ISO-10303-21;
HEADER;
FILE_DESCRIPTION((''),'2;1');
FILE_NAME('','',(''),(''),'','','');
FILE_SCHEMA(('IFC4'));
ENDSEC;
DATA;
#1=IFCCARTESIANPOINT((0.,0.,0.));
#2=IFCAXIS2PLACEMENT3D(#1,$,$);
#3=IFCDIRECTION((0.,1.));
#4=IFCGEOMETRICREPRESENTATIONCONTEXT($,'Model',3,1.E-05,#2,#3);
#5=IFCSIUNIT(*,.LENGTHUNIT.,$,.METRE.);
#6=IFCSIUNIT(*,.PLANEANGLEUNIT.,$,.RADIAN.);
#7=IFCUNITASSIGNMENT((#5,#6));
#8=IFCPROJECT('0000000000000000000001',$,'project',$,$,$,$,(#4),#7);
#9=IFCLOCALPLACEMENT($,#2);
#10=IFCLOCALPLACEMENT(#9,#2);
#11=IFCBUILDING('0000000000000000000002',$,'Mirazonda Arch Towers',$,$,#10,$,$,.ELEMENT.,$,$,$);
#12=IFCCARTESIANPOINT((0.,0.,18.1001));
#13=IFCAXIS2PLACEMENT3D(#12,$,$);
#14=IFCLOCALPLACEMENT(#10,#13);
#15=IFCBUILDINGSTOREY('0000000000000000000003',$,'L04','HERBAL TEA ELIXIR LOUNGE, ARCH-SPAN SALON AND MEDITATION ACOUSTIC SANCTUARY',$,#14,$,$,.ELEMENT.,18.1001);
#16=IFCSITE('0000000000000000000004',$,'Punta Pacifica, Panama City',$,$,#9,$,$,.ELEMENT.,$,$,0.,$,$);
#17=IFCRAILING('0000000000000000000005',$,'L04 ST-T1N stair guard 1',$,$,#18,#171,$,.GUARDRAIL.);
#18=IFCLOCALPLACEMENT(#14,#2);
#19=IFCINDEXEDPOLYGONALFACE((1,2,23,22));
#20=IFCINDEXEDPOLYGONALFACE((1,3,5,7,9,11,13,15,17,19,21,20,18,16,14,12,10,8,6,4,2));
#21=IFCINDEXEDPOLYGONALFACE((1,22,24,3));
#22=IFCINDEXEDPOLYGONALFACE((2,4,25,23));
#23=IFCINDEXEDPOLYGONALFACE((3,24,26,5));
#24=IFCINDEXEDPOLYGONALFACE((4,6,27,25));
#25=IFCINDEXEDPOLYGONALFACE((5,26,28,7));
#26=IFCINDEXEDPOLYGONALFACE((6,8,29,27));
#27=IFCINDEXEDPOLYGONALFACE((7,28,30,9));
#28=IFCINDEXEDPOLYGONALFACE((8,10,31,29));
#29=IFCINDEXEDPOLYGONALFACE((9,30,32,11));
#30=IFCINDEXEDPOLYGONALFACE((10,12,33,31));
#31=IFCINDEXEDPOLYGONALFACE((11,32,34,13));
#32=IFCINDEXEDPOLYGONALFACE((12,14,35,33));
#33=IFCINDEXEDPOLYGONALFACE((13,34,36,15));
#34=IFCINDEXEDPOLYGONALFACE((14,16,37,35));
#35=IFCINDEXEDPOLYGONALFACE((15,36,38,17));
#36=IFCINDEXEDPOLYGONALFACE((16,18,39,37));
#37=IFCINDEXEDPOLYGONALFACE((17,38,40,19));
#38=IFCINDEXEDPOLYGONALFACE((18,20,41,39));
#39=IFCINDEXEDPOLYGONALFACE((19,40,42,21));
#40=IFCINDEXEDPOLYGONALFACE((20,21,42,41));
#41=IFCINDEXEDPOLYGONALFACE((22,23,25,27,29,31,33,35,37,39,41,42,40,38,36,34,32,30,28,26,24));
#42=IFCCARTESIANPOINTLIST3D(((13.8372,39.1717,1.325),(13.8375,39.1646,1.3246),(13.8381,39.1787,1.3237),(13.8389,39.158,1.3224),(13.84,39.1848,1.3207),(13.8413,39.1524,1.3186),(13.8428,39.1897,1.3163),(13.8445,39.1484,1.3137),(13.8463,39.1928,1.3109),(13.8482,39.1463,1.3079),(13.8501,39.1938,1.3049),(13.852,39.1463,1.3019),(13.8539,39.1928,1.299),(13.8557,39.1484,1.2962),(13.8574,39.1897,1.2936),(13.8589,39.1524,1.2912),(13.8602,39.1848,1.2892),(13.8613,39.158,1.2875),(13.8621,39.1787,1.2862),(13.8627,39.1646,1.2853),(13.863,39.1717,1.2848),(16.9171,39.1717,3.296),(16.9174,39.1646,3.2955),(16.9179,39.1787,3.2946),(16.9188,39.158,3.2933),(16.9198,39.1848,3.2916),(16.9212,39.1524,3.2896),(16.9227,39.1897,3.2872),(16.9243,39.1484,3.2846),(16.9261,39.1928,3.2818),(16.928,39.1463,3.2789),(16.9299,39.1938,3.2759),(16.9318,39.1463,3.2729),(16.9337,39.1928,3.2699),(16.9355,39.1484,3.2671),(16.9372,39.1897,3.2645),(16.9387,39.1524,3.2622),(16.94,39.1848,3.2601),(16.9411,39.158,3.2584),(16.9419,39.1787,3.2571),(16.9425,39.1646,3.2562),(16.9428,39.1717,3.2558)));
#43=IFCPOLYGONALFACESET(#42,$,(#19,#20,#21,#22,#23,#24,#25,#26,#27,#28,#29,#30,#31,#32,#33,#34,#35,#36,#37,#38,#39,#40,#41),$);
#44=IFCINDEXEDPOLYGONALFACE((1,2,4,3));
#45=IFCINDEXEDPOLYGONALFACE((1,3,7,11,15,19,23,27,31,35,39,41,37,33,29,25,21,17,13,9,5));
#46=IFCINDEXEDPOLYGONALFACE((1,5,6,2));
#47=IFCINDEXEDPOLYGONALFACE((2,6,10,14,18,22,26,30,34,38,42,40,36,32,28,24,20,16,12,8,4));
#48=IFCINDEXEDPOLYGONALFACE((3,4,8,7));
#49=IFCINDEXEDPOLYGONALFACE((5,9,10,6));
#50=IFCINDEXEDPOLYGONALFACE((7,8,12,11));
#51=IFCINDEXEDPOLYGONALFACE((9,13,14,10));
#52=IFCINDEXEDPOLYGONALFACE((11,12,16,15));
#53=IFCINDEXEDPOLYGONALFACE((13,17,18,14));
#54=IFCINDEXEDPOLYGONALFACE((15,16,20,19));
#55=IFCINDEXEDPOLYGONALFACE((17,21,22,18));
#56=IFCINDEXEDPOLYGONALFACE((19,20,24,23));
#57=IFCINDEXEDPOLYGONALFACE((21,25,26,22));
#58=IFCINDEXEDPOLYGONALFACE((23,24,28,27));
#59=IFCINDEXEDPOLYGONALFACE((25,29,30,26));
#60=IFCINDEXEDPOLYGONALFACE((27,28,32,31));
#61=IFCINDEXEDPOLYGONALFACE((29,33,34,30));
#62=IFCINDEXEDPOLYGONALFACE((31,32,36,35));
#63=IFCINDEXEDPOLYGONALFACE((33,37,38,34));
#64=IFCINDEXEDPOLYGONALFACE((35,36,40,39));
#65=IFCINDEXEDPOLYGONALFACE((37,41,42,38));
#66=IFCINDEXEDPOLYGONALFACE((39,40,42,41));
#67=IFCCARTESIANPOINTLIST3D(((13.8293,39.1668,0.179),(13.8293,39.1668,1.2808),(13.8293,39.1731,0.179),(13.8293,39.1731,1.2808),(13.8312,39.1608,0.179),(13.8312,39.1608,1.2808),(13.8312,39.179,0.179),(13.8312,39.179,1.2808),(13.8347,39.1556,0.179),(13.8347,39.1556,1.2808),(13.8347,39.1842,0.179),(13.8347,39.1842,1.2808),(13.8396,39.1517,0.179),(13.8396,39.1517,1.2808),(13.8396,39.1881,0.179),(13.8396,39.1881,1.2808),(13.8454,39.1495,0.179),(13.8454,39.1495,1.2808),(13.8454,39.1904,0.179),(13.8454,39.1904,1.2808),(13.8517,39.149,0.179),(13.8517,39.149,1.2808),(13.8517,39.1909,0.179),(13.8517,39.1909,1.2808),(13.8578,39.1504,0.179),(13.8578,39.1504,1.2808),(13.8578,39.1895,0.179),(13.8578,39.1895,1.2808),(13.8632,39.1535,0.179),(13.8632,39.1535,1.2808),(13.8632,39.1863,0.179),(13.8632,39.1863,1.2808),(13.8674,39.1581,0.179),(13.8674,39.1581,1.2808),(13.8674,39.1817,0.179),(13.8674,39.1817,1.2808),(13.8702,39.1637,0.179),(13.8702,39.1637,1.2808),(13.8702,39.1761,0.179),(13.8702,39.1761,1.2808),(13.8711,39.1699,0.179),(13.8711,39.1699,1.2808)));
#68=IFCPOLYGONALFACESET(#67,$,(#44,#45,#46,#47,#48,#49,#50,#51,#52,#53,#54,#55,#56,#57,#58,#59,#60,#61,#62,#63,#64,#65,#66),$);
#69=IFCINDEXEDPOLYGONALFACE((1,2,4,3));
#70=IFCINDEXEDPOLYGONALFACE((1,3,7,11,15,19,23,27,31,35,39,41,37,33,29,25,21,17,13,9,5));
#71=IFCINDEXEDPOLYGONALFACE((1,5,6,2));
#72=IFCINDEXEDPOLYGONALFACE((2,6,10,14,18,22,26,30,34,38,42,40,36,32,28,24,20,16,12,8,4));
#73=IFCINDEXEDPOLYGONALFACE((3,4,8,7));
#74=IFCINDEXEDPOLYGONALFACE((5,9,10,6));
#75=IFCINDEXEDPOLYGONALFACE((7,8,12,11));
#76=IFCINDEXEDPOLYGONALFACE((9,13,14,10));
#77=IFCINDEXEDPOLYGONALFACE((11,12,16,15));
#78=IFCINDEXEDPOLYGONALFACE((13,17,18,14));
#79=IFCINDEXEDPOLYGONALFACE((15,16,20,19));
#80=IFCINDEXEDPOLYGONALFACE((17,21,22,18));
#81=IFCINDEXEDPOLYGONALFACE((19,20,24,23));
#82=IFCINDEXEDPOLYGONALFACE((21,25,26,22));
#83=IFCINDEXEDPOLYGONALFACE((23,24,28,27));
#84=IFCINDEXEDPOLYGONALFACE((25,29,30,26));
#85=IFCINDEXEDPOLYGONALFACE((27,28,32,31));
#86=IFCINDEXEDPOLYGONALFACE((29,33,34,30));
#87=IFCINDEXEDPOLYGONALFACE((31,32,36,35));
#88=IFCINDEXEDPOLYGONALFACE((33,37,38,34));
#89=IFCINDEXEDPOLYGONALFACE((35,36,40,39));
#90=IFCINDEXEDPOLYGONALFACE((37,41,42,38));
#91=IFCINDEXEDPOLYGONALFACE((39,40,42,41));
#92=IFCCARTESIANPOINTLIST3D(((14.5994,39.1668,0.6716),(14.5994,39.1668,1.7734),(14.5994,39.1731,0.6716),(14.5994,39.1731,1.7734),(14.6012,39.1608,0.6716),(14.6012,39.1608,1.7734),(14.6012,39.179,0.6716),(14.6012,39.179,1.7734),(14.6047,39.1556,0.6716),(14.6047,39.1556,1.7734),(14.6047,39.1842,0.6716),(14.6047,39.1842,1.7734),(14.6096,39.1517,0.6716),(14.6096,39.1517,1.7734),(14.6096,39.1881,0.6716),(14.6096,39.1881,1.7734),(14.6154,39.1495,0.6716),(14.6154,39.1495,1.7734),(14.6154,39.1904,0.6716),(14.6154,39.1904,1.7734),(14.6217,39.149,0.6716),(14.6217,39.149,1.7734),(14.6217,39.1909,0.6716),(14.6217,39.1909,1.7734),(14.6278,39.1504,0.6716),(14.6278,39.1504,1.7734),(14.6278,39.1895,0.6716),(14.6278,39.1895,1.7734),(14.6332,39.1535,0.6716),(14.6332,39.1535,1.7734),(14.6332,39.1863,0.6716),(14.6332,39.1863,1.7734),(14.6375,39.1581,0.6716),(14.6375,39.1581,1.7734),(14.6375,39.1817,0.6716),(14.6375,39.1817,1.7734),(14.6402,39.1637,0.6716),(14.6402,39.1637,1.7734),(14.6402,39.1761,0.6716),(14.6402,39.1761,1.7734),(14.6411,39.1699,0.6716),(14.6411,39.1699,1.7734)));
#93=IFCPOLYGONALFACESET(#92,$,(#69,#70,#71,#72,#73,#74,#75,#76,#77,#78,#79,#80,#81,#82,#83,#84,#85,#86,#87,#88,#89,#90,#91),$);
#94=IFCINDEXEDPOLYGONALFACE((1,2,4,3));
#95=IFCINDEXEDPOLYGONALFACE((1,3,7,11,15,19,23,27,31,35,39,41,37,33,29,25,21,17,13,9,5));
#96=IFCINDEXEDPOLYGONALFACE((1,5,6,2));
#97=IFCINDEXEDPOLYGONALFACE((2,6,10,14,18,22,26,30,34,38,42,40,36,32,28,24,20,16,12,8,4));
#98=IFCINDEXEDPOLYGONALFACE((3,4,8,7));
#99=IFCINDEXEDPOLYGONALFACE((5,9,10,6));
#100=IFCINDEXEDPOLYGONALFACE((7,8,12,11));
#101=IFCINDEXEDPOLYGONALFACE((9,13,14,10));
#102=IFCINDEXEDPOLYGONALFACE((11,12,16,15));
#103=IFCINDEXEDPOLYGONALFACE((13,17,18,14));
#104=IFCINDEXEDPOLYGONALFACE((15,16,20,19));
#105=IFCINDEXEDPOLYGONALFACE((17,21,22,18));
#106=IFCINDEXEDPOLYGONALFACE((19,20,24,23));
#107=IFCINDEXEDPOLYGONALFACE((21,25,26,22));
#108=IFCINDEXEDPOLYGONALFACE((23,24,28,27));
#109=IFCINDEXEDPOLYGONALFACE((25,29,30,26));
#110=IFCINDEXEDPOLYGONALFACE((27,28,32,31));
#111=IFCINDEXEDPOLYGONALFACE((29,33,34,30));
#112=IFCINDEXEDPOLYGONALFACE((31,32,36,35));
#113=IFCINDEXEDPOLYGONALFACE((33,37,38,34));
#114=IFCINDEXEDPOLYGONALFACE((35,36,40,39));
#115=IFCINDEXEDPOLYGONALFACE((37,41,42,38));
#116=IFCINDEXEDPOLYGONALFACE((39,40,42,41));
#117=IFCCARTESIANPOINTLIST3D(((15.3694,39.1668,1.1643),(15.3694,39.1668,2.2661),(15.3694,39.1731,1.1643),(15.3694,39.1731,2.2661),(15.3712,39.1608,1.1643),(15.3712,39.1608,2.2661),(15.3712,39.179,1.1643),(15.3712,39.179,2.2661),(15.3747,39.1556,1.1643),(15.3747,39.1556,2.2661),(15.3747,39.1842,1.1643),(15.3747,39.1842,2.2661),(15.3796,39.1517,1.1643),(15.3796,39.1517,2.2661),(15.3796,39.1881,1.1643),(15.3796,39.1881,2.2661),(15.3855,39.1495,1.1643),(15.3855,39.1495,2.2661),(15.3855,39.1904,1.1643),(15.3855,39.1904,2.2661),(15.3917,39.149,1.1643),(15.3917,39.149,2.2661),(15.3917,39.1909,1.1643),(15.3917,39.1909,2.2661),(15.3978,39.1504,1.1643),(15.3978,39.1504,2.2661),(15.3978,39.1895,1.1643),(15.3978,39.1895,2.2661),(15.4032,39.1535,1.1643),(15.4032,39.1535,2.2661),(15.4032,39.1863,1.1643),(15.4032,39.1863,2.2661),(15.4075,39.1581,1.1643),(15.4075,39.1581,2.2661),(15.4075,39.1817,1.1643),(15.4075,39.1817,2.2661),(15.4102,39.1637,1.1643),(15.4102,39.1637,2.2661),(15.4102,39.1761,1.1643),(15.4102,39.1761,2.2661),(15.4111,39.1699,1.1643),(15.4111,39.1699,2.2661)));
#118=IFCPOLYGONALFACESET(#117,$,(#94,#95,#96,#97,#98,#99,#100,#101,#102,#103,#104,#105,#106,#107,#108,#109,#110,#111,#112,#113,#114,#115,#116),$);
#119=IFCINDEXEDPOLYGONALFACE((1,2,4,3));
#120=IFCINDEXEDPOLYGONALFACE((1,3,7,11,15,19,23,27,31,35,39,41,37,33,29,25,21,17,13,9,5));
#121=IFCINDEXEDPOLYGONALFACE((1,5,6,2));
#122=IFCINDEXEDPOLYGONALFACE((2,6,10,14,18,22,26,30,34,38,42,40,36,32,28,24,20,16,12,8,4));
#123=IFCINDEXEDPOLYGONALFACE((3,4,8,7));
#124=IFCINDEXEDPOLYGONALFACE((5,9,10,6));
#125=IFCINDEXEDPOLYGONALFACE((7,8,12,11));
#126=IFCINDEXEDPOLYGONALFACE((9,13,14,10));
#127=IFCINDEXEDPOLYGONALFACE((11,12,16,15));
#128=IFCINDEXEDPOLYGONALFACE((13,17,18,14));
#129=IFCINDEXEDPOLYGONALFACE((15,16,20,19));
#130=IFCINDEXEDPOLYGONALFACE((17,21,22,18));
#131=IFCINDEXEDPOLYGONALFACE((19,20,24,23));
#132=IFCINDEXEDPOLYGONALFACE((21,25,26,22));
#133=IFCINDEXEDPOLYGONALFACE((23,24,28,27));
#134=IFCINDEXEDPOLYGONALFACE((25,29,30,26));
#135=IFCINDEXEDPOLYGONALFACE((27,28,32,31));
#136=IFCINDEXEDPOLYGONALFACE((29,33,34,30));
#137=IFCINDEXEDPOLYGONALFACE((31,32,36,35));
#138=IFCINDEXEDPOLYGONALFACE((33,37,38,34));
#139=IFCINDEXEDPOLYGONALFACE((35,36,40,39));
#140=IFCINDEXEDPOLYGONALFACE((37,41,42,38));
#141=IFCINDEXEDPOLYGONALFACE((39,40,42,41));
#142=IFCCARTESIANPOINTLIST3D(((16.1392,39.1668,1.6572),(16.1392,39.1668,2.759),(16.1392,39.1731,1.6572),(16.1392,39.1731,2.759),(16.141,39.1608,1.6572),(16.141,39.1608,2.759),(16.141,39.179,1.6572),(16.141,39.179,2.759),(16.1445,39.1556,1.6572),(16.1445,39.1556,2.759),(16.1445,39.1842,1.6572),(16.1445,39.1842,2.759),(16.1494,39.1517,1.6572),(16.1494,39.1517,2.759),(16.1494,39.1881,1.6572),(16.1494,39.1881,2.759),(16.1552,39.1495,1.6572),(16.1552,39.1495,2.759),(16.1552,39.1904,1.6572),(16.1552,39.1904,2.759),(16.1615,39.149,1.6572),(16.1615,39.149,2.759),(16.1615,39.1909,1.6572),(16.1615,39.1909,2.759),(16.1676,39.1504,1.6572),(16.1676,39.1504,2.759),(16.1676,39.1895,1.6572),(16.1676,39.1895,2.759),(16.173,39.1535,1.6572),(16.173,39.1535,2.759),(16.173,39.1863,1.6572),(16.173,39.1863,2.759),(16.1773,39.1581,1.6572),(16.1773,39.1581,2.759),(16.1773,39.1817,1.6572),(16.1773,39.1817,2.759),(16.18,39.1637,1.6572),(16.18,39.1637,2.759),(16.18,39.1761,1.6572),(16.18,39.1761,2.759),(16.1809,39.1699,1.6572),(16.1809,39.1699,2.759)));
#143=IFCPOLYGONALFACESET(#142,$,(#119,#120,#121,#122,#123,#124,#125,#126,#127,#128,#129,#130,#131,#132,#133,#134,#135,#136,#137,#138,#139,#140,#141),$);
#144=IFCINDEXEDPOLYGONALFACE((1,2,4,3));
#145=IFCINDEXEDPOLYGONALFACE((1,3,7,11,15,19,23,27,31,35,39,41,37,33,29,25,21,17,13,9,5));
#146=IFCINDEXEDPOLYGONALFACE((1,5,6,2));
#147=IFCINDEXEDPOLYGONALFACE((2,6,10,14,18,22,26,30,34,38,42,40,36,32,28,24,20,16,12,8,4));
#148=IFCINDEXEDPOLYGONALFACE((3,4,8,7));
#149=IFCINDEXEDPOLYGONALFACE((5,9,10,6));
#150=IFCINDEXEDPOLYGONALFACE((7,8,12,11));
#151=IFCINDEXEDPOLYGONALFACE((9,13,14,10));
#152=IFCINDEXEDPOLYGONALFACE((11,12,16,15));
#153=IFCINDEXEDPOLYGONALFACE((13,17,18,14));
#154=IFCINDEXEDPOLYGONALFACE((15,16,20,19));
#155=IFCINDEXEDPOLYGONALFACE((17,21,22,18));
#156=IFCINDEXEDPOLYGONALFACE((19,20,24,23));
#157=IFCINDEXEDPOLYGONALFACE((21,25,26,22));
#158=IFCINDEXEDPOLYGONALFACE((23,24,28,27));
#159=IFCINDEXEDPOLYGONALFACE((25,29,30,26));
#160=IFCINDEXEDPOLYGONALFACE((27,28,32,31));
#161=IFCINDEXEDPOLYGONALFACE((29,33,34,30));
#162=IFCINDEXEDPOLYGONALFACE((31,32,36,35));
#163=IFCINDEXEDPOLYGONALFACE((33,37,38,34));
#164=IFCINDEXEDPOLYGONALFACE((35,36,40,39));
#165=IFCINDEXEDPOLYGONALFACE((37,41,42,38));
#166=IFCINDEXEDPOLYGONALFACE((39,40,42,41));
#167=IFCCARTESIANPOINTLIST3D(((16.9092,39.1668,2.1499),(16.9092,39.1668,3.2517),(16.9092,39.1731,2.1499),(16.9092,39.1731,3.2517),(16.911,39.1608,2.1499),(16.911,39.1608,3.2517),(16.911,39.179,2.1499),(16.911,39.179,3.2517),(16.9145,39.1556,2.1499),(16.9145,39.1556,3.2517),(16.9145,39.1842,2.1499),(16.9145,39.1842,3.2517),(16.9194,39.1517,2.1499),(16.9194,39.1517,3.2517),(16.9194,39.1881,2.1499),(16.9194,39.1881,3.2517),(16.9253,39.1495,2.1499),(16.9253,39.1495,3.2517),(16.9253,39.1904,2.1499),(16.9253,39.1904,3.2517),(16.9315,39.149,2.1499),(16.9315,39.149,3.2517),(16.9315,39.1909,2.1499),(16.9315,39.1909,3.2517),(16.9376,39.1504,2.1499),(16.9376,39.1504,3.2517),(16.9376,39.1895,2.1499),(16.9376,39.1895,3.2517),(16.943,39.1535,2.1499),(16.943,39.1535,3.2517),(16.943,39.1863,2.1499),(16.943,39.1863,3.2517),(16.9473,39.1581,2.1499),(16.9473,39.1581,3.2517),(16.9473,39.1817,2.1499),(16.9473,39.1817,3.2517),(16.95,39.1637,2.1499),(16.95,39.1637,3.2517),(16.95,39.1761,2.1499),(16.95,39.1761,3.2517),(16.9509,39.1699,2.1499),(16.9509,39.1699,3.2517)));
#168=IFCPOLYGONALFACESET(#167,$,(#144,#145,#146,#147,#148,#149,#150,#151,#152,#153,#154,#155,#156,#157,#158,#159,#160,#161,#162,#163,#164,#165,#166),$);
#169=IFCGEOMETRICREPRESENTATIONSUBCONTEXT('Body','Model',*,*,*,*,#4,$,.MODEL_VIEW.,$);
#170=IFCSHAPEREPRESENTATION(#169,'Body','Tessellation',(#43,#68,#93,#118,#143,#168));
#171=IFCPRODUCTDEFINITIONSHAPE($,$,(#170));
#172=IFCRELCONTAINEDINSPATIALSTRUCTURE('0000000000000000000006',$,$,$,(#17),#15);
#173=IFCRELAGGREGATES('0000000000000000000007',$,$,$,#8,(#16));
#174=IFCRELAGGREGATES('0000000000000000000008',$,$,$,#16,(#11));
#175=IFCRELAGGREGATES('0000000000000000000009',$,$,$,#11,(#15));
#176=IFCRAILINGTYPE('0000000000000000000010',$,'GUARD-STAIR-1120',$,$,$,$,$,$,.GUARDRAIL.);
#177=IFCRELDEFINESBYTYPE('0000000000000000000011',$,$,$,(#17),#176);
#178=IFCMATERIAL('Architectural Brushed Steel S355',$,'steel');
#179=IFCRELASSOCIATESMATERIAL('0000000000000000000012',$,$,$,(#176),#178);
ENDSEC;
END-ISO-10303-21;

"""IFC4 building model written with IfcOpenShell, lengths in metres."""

from ifc_helpers import new_model, si_unit, direction, frame, origin, origin_2d, place, context, subcontext, project, spatial, circle, extrude, material, type_object, element, save


model = new_model("IFC4")

# Units and contexts
model_context = context("Model", 3, precision=1e-05, world=origin(), true_north=direction((0.0, 1.0)))
body_context = subcontext(model_context, "Body", "Model", "MODEL_VIEW")
ifc_project = project(units=[si_unit("LENGTHUNIT", "METRE"), si_unit("PLANEANGLEUNIT", "RADIAN")], contexts=[model_context])

# Site, building, storey
site_placement = place(None, origin())
site = spatial("IfcSite", under=ifc_project, at=site_placement, Name="Punta Pacifica, Panama City", CompositionType="ELEMENT", RefElevation=0.0)
building_placement = place(site_placement, origin())
building = spatial("IfcBuilding", under=site, at=building_placement, Name="Mirazonda Arch Towers", CompositionType="ELEMENT")
storey_placement = place(building_placement, frame((0.0, 0.0, 18.1001)))
storey = spatial("IfcBuildingStorey", under=building, at=storey_placement, Name="L04", Description="HERBAL TEA ELIXIR LOUNGE, ARCH-SPAN SALON AND MEDITATION ACOUSTIC SANCTUARY", CompositionType="ELEMENT", Elevation=18.1001)

# Shared definitions
ifc_material_1 = material(Name="Architectural Brushed Steel S355", Category="steel")

# Railing
railing_type_1 = type_object("IfcRailingType", Name="GUARD-STAIR-1120", PredefinedType="GUARDRAIL", material=ifc_material_1)
railing_1_placement = place(storey_placement, frame((13.8501, 39.1699, 0.179)))
element("IfcRailing", 1, at=railing_1_placement, inside=storey, type_object=railing_type_1, Name="L04 ST-T1N stair guard 1", PredefinedType="GUARDRAIL", context=body_context, shape_type="SweptSolid", body=[
    extrude(circle(Radius=0.0239, at=origin_2d()), frame((0.0, 0.0, 1.126), z_axis=(0.84229, 0.0, 0.539025), x_axis=(0.0, 1.0, 0.0)), (0.0, 0.0, 1.0), 3.6565),
    extrude(circle(Radius=0.021, at=origin_2d()), origin(), (0.0, 0.0, 1.0), 1.1018),
    extrude(circle(Radius=0.021, at=origin_2d()), frame((0.77, 0.0, 0.4927)), (0.0, 0.0, 1.0), 1.1018),
    extrude(circle(Radius=0.021, at=origin_2d()), frame((1.54, 0.0, 0.9854)), (0.0, 0.0, 1.0), 1.1018),
    extrude(circle(Radius=0.021, at=origin_2d()), frame((2.3098, 0.0, 1.4783)), (0.0, 0.0, 1.0), 1.1018),
    extrude(circle(Radius=0.021, at=origin_2d()), frame((3.0798, 0.0, 1.9709)), (0.0, 0.0, 1.0), 1.1018),
])

save(model, "model.ifc")
